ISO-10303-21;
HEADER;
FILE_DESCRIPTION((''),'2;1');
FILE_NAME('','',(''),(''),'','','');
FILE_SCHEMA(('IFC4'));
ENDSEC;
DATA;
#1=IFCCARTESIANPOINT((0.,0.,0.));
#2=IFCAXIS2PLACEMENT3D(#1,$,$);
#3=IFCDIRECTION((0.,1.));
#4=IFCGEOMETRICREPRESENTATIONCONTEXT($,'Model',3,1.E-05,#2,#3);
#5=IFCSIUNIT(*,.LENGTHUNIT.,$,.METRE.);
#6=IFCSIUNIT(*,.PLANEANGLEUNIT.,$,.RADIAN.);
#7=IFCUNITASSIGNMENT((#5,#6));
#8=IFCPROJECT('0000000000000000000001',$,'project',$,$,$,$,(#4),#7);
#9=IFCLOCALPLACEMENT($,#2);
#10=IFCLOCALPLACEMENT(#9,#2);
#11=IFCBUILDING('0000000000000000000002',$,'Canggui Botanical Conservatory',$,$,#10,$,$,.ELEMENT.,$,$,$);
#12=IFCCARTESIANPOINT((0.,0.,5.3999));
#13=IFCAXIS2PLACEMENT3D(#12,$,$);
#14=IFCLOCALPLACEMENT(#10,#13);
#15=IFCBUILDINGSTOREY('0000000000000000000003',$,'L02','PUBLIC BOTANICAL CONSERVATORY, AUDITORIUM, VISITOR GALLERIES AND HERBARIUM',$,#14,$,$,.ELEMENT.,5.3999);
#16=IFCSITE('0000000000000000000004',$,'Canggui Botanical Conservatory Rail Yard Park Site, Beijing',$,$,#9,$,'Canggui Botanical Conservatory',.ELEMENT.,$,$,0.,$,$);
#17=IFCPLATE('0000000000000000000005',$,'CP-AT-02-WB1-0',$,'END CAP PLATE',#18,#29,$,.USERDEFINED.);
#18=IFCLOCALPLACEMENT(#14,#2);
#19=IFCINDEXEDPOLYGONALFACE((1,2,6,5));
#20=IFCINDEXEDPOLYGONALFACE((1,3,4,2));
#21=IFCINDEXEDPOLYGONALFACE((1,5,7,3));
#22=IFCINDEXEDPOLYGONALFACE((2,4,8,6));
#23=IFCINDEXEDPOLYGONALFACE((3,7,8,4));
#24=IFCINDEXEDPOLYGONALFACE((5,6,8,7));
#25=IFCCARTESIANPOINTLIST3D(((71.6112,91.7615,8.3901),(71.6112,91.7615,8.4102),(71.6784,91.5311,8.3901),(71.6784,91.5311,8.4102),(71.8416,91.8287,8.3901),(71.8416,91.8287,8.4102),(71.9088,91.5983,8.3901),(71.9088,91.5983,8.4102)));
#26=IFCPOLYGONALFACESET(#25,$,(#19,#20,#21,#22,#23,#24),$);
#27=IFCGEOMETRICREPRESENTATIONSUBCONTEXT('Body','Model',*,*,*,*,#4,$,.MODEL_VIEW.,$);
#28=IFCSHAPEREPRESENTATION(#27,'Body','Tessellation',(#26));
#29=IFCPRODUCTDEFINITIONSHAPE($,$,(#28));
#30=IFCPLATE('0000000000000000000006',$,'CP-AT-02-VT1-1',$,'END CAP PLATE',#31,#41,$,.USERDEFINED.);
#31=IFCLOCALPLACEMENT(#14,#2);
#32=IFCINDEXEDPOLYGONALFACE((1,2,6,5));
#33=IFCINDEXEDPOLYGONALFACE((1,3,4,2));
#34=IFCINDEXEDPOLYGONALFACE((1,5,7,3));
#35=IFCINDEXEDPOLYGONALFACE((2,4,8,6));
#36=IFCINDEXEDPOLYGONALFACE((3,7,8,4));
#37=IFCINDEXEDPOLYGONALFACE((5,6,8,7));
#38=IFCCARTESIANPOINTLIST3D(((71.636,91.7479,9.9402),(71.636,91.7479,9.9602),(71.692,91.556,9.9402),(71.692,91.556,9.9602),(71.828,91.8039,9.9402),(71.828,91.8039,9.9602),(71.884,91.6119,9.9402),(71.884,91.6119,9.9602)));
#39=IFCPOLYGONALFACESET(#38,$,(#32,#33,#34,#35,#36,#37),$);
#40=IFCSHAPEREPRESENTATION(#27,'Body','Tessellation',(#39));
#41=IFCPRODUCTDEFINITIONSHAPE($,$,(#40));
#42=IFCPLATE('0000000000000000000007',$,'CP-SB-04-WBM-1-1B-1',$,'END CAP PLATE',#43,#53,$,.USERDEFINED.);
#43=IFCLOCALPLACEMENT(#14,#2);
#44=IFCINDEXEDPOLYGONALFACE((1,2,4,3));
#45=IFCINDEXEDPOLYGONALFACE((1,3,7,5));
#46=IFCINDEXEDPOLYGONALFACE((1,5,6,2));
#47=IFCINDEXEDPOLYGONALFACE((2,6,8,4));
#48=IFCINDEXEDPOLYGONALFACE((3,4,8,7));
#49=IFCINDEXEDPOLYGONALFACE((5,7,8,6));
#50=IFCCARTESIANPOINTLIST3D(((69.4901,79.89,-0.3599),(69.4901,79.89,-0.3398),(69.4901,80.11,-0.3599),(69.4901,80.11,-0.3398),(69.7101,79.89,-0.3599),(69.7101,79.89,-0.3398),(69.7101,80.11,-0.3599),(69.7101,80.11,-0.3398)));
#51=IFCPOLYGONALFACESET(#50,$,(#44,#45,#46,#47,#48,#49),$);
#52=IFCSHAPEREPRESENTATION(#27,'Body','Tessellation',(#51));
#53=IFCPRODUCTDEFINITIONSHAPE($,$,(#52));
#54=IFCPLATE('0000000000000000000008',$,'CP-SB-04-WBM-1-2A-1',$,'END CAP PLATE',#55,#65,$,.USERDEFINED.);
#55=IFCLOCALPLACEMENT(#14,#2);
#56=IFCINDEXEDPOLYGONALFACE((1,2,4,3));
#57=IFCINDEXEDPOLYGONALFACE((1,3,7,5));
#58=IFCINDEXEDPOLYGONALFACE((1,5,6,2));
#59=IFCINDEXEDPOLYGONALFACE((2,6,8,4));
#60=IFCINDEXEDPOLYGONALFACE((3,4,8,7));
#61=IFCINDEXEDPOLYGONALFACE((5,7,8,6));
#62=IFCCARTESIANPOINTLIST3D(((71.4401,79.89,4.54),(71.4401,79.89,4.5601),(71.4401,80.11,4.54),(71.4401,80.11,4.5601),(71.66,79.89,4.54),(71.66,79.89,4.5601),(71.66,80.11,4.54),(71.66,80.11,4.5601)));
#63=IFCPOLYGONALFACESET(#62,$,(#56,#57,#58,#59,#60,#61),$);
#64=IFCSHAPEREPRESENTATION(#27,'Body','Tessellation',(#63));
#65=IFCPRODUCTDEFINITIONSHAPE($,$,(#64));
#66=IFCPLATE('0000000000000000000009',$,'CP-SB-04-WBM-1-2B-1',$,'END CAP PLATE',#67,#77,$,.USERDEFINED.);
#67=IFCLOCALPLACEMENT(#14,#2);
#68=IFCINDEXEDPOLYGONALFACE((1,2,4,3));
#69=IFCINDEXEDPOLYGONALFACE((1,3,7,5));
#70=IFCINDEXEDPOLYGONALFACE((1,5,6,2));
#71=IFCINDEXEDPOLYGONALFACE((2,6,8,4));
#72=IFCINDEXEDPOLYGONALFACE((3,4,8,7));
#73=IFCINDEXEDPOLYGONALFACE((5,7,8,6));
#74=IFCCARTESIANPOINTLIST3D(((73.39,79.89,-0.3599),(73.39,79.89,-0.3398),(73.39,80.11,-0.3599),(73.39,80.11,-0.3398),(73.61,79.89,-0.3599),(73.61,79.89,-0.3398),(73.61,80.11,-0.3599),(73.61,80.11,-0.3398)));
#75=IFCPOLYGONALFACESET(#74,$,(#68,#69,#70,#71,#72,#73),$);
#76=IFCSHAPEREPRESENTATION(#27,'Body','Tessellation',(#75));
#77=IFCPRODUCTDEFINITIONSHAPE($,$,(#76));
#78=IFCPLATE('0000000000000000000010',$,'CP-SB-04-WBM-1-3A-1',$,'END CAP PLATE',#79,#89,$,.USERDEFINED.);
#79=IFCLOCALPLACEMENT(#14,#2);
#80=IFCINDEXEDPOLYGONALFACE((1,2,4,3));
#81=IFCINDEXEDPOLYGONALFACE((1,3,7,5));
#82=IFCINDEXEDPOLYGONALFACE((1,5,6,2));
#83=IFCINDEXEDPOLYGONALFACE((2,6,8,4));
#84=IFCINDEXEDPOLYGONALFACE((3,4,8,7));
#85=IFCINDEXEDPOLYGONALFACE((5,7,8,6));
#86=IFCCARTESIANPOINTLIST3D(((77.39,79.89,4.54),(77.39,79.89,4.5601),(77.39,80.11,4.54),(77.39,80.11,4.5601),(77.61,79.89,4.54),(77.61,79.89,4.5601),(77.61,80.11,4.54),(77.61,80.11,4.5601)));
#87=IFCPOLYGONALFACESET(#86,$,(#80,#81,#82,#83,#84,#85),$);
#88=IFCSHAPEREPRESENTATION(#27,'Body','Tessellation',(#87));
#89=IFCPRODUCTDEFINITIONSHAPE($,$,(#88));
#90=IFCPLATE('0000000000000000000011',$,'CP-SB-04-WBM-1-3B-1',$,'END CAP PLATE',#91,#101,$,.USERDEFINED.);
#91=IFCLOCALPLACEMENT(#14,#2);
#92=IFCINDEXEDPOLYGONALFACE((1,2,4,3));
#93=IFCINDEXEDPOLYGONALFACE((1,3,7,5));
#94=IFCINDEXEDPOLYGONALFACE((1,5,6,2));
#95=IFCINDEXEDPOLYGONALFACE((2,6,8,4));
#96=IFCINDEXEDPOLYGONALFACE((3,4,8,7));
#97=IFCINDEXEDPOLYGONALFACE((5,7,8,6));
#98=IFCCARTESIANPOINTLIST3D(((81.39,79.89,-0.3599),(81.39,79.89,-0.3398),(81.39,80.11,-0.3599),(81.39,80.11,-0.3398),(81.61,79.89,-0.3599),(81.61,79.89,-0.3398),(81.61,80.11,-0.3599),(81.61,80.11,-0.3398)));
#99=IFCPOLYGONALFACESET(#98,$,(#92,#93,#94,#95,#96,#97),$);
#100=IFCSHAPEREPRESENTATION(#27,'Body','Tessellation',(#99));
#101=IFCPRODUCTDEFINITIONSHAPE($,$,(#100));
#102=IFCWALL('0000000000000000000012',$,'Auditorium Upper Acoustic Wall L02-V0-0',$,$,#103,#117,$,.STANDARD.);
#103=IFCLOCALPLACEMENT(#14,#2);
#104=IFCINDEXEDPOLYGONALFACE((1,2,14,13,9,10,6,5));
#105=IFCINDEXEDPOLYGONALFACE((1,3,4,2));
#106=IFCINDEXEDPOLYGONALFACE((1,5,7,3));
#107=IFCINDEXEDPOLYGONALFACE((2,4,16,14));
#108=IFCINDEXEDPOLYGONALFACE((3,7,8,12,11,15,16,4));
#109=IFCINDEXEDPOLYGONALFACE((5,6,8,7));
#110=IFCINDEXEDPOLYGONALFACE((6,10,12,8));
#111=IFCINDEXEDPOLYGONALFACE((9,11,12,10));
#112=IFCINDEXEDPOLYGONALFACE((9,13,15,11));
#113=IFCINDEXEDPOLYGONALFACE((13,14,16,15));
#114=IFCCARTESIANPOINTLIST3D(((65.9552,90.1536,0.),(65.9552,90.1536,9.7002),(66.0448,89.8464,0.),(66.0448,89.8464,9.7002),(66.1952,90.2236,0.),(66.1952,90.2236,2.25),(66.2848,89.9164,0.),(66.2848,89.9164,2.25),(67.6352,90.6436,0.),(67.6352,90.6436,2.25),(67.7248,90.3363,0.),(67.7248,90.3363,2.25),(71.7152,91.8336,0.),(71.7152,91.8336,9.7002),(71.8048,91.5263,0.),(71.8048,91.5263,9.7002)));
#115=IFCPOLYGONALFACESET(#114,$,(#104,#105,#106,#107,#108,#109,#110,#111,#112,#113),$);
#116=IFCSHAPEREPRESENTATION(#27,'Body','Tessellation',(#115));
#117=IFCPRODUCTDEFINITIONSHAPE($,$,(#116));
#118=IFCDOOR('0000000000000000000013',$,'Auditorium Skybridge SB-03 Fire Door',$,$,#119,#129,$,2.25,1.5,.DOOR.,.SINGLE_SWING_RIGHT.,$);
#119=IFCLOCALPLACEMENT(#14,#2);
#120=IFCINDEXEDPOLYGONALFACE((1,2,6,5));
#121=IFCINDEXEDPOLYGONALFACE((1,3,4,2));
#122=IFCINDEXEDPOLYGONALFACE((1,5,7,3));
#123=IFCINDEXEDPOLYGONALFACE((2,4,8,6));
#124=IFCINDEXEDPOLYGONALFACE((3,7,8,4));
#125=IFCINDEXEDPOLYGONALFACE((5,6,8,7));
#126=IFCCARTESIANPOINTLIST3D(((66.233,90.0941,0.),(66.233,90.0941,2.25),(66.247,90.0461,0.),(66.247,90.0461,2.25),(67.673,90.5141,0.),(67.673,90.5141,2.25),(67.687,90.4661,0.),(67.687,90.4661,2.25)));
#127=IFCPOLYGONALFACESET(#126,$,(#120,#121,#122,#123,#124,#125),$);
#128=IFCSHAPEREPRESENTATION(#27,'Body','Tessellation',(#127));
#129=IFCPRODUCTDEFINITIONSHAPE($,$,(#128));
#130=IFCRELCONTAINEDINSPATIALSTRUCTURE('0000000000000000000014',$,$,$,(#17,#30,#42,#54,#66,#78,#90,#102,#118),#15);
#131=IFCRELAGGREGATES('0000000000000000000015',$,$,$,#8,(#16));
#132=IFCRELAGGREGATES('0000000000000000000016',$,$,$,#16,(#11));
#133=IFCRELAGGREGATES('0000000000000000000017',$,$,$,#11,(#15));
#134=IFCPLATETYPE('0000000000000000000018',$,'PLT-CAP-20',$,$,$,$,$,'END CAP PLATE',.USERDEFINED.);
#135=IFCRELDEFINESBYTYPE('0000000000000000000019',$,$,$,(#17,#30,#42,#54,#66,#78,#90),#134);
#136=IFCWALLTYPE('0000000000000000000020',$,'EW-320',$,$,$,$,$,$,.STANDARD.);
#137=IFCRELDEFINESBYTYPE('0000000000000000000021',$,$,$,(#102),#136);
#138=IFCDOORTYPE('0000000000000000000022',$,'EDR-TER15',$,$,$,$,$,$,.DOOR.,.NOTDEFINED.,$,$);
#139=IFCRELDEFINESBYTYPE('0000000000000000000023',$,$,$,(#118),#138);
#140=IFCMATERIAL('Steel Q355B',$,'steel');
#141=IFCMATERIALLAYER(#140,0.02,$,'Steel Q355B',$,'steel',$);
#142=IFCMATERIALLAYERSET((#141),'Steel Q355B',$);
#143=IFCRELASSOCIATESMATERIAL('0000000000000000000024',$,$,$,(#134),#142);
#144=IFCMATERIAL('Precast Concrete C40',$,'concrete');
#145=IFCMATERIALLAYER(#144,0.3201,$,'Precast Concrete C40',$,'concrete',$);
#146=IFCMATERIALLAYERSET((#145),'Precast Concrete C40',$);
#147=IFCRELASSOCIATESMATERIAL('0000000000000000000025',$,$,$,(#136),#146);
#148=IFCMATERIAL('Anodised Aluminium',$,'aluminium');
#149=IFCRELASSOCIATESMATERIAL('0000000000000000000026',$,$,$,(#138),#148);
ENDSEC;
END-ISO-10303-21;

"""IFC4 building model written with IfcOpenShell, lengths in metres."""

from ifc_helpers import new_model, si_unit, direction, frame, frame_2d, origin, origin_2d, place, context, subcontext, project, spatial, rectangle, extrude, material, layer, layer_set, type_object, element, fill, save


model = new_model("IFC4")

# Units and contexts
model_context = context("Model", 3, precision=1e-05, world=origin(), true_north=direction((0.0, 1.0)))
body_context = subcontext(model_context, "Body", "Model", "MODEL_VIEW")
ifc_project = project(units=[si_unit("LENGTHUNIT", "METRE"), si_unit("PLANEANGLEUNIT", "RADIAN")], contexts=[model_context])

# Site, building, storey
site_placement = place(None, origin())
site = spatial("IfcSite", under=ifc_project, at=site_placement, Name="Canggui Botanical Conservatory Rail Yard Park Site, Beijing", LongName="Canggui Botanical Conservatory", CompositionType="ELEMENT", RefElevation=0.0)
building_placement = place(site_placement, origin())
building = spatial("IfcBuilding", under=site, at=building_placement, Name="Canggui Botanical Conservatory", CompositionType="ELEMENT")
storey_placement = place(building_placement, frame((0.0, 0.0, 5.3999)))
storey = spatial("IfcBuildingStorey", under=building, at=storey_placement, Name="L02", Description="PUBLIC BOTANICAL CONSERVATORY, AUDITORIUM, VISITOR GALLERIES AND HERBARIUM", CompositionType="ELEMENT", Elevation=5.3999)

# Shared definitions
ifc_material_1 = material(Name="Steel Q355B", Category="steel")

# Plates
ifc_layer_1 = layer(ifc_material_1, 0.02, Name="Steel Q355B", Category="steel")
ifc_layer_set_1 = layer_set([ifc_layer_1], Name="Steel Q355B")
plate_type_1 = type_object("IfcPlateType", Name="PLT-CAP-20", ElementType="END CAP PLATE", PredefinedType="USERDEFINED", material=ifc_layer_set_1)
plate_1_placement = place(storey_placement, frame((71.76, 91.6799, 8.3901), z_axis=(0.0, 0.0, 1.0), x_axis=(0.96, 0.28, 0.0)))
element("IfcPlate", 1, at=plate_1_placement, inside=storey, type_object=plate_type_1, Name="CP-AT-02-WB1-0", ObjectType="END CAP PLATE", PredefinedType="USERDEFINED", context=body_context, shape_type="SweptSolid", body=[
    extrude(rectangle(XDim=0.24, YDim=0.24, at=origin_2d()), origin(), (0.0, 0.0, 1.0), 0.02),
])
plate_2_placement = place(storey_placement, frame((71.76, 91.6799, 9.9402), z_axis=(0.0, 0.0, 1.0), x_axis=(0.96, 0.28, 0.0)))
element("IfcPlate", 2, at=plate_2_placement, inside=storey, type_object=plate_type_1, Name="CP-AT-02-VT1-1", ObjectType="END CAP PLATE", PredefinedType="USERDEFINED", context=body_context, shape_type="SweptSolid", body=[
    extrude(rectangle(XDim=0.2, YDim=0.2, at=origin_2d()), origin(), (0.0, 0.0, 1.0), 0.02),
])
for number, where, z_axis, x_axis, name in (
    (3, (69.6001, 80.0, -0.3599), (0.0, 0.0, 1.0), (1.0, 0.0, 0.0), "CP-SB-04-WBM-1-1B-1"),
    (4, (71.55, 80.0, 4.54), (0.0, 0.0, 1.0), (1.0, 0.0, 0.0), "CP-SB-04-WBM-1-2A-1"),
    (5, (73.5, 80.0, -0.3599), (0.0, 0.0, 1.0), (1.0, 0.0, 0.0), "CP-SB-04-WBM-1-2B-1"),
    (6, (77.5, 80.0, 4.54), (0.0, 0.0, 1.0), (1.0, 0.0, 0.0), "CP-SB-04-WBM-1-3A-1"),
    (7, (81.5, 80.0, -0.3599), (0.0, 0.0, 1.0), (1.0, 0.0, 0.0), "CP-SB-04-WBM-1-3B-1"),
):
    element("IfcPlate", number, at=place(storey_placement, frame(where, z_axis=z_axis, x_axis=x_axis)), inside=storey, type_object=plate_type_1, Name=name, ObjectType="END CAP PLATE", PredefinedType="USERDEFINED", context=body_context, shape_type="SweptSolid", body=[
        extrude(rectangle(XDim=0.22, YDim=0.22, at=origin_2d()), origin(), (0.0, 0.0, 1.0), 0.02),
    ])

# Wall, opening, door
ifc_material_2 = material(Name="Precast Concrete C40", Category="concrete")
ifc_layer_2 = layer(ifc_material_2, 0.3201, Name="Precast Concrete C40", Category="concrete")
ifc_layer_set_2 = layer_set([ifc_layer_2], Name="Precast Concrete C40")
wall_type = type_object("IfcWallType", Name="EW-320", PredefinedType="STANDARD", material=ifc_layer_set_2)
wall_placement = place(storey_placement, frame((71.76, 91.6799, 0.0), z_axis=(0.0, 0.0, 1.0), x_axis=(-0.960003, -0.279989, 0.0)))
wall = element("IfcWall", 8, at=wall_placement, inside=storey, type_object=wall_type, Name="Auditorium Upper Acoustic Wall L02-V0-0", PredefinedType="STANDARD", context=body_context, shape_type="SweptSolid", body=[
    extrude(rectangle(XDim=6.0, YDim=0.3201, at=frame_2d((3.0, 0.0))), origin(), (0.0, 0.0, 1.0), 9.7002),
])
opening_placement = place(wall_placement, frame((4.25, 0.0, 0.0)))
opening = element("IfcOpeningElement", 9, at=opening_placement, cuts=wall, PredefinedType="OPENING", context=body_context, shape_type="SweptSolid", body=[
    extrude(rectangle(XDim=1.5, YDim=2.25, at=frame_2d((0.75, 1.125))), frame((0.0, 0.1699, 0.0), z_axis=(0.0, -1.0, 0.0), x_axis=(1.0, 0.0, 0.0)), (0.0, 0.0, 1.0), 0.3401),
])
ifc_material_3 = material(Name="Anodised Aluminium", Category="aluminium")
door_type = type_object("IfcDoorType", Name="EDR-TER15", OperationType="NOTDEFINED", PredefinedType="DOOR", material=ifc_material_3)
door_placement = place(opening_placement, origin())
door = element("IfcDoor", 10, at=door_placement, inside=storey, type_object=door_type, Name="Auditorium Skybridge SB-03 Fire Door", OperationType="SINGLE_SWING_RIGHT", OverallHeight=2.25, OverallWidth=1.5, PredefinedType="DOOR", context=body_context, shape_type="SweptSolid", body=[
    extrude(rectangle(XDim=1.5, YDim=2.25, at=frame_2d((0.75, 1.125))), frame((0.0, 0.0249, 0.0), z_axis=(0.0, -1.0, 0.0), x_axis=(1.0, 0.0, 0.0)), (0.0, 0.0, 1.0), 0.05),
])
fill(opening, door)

save(model, "model.ifc")
